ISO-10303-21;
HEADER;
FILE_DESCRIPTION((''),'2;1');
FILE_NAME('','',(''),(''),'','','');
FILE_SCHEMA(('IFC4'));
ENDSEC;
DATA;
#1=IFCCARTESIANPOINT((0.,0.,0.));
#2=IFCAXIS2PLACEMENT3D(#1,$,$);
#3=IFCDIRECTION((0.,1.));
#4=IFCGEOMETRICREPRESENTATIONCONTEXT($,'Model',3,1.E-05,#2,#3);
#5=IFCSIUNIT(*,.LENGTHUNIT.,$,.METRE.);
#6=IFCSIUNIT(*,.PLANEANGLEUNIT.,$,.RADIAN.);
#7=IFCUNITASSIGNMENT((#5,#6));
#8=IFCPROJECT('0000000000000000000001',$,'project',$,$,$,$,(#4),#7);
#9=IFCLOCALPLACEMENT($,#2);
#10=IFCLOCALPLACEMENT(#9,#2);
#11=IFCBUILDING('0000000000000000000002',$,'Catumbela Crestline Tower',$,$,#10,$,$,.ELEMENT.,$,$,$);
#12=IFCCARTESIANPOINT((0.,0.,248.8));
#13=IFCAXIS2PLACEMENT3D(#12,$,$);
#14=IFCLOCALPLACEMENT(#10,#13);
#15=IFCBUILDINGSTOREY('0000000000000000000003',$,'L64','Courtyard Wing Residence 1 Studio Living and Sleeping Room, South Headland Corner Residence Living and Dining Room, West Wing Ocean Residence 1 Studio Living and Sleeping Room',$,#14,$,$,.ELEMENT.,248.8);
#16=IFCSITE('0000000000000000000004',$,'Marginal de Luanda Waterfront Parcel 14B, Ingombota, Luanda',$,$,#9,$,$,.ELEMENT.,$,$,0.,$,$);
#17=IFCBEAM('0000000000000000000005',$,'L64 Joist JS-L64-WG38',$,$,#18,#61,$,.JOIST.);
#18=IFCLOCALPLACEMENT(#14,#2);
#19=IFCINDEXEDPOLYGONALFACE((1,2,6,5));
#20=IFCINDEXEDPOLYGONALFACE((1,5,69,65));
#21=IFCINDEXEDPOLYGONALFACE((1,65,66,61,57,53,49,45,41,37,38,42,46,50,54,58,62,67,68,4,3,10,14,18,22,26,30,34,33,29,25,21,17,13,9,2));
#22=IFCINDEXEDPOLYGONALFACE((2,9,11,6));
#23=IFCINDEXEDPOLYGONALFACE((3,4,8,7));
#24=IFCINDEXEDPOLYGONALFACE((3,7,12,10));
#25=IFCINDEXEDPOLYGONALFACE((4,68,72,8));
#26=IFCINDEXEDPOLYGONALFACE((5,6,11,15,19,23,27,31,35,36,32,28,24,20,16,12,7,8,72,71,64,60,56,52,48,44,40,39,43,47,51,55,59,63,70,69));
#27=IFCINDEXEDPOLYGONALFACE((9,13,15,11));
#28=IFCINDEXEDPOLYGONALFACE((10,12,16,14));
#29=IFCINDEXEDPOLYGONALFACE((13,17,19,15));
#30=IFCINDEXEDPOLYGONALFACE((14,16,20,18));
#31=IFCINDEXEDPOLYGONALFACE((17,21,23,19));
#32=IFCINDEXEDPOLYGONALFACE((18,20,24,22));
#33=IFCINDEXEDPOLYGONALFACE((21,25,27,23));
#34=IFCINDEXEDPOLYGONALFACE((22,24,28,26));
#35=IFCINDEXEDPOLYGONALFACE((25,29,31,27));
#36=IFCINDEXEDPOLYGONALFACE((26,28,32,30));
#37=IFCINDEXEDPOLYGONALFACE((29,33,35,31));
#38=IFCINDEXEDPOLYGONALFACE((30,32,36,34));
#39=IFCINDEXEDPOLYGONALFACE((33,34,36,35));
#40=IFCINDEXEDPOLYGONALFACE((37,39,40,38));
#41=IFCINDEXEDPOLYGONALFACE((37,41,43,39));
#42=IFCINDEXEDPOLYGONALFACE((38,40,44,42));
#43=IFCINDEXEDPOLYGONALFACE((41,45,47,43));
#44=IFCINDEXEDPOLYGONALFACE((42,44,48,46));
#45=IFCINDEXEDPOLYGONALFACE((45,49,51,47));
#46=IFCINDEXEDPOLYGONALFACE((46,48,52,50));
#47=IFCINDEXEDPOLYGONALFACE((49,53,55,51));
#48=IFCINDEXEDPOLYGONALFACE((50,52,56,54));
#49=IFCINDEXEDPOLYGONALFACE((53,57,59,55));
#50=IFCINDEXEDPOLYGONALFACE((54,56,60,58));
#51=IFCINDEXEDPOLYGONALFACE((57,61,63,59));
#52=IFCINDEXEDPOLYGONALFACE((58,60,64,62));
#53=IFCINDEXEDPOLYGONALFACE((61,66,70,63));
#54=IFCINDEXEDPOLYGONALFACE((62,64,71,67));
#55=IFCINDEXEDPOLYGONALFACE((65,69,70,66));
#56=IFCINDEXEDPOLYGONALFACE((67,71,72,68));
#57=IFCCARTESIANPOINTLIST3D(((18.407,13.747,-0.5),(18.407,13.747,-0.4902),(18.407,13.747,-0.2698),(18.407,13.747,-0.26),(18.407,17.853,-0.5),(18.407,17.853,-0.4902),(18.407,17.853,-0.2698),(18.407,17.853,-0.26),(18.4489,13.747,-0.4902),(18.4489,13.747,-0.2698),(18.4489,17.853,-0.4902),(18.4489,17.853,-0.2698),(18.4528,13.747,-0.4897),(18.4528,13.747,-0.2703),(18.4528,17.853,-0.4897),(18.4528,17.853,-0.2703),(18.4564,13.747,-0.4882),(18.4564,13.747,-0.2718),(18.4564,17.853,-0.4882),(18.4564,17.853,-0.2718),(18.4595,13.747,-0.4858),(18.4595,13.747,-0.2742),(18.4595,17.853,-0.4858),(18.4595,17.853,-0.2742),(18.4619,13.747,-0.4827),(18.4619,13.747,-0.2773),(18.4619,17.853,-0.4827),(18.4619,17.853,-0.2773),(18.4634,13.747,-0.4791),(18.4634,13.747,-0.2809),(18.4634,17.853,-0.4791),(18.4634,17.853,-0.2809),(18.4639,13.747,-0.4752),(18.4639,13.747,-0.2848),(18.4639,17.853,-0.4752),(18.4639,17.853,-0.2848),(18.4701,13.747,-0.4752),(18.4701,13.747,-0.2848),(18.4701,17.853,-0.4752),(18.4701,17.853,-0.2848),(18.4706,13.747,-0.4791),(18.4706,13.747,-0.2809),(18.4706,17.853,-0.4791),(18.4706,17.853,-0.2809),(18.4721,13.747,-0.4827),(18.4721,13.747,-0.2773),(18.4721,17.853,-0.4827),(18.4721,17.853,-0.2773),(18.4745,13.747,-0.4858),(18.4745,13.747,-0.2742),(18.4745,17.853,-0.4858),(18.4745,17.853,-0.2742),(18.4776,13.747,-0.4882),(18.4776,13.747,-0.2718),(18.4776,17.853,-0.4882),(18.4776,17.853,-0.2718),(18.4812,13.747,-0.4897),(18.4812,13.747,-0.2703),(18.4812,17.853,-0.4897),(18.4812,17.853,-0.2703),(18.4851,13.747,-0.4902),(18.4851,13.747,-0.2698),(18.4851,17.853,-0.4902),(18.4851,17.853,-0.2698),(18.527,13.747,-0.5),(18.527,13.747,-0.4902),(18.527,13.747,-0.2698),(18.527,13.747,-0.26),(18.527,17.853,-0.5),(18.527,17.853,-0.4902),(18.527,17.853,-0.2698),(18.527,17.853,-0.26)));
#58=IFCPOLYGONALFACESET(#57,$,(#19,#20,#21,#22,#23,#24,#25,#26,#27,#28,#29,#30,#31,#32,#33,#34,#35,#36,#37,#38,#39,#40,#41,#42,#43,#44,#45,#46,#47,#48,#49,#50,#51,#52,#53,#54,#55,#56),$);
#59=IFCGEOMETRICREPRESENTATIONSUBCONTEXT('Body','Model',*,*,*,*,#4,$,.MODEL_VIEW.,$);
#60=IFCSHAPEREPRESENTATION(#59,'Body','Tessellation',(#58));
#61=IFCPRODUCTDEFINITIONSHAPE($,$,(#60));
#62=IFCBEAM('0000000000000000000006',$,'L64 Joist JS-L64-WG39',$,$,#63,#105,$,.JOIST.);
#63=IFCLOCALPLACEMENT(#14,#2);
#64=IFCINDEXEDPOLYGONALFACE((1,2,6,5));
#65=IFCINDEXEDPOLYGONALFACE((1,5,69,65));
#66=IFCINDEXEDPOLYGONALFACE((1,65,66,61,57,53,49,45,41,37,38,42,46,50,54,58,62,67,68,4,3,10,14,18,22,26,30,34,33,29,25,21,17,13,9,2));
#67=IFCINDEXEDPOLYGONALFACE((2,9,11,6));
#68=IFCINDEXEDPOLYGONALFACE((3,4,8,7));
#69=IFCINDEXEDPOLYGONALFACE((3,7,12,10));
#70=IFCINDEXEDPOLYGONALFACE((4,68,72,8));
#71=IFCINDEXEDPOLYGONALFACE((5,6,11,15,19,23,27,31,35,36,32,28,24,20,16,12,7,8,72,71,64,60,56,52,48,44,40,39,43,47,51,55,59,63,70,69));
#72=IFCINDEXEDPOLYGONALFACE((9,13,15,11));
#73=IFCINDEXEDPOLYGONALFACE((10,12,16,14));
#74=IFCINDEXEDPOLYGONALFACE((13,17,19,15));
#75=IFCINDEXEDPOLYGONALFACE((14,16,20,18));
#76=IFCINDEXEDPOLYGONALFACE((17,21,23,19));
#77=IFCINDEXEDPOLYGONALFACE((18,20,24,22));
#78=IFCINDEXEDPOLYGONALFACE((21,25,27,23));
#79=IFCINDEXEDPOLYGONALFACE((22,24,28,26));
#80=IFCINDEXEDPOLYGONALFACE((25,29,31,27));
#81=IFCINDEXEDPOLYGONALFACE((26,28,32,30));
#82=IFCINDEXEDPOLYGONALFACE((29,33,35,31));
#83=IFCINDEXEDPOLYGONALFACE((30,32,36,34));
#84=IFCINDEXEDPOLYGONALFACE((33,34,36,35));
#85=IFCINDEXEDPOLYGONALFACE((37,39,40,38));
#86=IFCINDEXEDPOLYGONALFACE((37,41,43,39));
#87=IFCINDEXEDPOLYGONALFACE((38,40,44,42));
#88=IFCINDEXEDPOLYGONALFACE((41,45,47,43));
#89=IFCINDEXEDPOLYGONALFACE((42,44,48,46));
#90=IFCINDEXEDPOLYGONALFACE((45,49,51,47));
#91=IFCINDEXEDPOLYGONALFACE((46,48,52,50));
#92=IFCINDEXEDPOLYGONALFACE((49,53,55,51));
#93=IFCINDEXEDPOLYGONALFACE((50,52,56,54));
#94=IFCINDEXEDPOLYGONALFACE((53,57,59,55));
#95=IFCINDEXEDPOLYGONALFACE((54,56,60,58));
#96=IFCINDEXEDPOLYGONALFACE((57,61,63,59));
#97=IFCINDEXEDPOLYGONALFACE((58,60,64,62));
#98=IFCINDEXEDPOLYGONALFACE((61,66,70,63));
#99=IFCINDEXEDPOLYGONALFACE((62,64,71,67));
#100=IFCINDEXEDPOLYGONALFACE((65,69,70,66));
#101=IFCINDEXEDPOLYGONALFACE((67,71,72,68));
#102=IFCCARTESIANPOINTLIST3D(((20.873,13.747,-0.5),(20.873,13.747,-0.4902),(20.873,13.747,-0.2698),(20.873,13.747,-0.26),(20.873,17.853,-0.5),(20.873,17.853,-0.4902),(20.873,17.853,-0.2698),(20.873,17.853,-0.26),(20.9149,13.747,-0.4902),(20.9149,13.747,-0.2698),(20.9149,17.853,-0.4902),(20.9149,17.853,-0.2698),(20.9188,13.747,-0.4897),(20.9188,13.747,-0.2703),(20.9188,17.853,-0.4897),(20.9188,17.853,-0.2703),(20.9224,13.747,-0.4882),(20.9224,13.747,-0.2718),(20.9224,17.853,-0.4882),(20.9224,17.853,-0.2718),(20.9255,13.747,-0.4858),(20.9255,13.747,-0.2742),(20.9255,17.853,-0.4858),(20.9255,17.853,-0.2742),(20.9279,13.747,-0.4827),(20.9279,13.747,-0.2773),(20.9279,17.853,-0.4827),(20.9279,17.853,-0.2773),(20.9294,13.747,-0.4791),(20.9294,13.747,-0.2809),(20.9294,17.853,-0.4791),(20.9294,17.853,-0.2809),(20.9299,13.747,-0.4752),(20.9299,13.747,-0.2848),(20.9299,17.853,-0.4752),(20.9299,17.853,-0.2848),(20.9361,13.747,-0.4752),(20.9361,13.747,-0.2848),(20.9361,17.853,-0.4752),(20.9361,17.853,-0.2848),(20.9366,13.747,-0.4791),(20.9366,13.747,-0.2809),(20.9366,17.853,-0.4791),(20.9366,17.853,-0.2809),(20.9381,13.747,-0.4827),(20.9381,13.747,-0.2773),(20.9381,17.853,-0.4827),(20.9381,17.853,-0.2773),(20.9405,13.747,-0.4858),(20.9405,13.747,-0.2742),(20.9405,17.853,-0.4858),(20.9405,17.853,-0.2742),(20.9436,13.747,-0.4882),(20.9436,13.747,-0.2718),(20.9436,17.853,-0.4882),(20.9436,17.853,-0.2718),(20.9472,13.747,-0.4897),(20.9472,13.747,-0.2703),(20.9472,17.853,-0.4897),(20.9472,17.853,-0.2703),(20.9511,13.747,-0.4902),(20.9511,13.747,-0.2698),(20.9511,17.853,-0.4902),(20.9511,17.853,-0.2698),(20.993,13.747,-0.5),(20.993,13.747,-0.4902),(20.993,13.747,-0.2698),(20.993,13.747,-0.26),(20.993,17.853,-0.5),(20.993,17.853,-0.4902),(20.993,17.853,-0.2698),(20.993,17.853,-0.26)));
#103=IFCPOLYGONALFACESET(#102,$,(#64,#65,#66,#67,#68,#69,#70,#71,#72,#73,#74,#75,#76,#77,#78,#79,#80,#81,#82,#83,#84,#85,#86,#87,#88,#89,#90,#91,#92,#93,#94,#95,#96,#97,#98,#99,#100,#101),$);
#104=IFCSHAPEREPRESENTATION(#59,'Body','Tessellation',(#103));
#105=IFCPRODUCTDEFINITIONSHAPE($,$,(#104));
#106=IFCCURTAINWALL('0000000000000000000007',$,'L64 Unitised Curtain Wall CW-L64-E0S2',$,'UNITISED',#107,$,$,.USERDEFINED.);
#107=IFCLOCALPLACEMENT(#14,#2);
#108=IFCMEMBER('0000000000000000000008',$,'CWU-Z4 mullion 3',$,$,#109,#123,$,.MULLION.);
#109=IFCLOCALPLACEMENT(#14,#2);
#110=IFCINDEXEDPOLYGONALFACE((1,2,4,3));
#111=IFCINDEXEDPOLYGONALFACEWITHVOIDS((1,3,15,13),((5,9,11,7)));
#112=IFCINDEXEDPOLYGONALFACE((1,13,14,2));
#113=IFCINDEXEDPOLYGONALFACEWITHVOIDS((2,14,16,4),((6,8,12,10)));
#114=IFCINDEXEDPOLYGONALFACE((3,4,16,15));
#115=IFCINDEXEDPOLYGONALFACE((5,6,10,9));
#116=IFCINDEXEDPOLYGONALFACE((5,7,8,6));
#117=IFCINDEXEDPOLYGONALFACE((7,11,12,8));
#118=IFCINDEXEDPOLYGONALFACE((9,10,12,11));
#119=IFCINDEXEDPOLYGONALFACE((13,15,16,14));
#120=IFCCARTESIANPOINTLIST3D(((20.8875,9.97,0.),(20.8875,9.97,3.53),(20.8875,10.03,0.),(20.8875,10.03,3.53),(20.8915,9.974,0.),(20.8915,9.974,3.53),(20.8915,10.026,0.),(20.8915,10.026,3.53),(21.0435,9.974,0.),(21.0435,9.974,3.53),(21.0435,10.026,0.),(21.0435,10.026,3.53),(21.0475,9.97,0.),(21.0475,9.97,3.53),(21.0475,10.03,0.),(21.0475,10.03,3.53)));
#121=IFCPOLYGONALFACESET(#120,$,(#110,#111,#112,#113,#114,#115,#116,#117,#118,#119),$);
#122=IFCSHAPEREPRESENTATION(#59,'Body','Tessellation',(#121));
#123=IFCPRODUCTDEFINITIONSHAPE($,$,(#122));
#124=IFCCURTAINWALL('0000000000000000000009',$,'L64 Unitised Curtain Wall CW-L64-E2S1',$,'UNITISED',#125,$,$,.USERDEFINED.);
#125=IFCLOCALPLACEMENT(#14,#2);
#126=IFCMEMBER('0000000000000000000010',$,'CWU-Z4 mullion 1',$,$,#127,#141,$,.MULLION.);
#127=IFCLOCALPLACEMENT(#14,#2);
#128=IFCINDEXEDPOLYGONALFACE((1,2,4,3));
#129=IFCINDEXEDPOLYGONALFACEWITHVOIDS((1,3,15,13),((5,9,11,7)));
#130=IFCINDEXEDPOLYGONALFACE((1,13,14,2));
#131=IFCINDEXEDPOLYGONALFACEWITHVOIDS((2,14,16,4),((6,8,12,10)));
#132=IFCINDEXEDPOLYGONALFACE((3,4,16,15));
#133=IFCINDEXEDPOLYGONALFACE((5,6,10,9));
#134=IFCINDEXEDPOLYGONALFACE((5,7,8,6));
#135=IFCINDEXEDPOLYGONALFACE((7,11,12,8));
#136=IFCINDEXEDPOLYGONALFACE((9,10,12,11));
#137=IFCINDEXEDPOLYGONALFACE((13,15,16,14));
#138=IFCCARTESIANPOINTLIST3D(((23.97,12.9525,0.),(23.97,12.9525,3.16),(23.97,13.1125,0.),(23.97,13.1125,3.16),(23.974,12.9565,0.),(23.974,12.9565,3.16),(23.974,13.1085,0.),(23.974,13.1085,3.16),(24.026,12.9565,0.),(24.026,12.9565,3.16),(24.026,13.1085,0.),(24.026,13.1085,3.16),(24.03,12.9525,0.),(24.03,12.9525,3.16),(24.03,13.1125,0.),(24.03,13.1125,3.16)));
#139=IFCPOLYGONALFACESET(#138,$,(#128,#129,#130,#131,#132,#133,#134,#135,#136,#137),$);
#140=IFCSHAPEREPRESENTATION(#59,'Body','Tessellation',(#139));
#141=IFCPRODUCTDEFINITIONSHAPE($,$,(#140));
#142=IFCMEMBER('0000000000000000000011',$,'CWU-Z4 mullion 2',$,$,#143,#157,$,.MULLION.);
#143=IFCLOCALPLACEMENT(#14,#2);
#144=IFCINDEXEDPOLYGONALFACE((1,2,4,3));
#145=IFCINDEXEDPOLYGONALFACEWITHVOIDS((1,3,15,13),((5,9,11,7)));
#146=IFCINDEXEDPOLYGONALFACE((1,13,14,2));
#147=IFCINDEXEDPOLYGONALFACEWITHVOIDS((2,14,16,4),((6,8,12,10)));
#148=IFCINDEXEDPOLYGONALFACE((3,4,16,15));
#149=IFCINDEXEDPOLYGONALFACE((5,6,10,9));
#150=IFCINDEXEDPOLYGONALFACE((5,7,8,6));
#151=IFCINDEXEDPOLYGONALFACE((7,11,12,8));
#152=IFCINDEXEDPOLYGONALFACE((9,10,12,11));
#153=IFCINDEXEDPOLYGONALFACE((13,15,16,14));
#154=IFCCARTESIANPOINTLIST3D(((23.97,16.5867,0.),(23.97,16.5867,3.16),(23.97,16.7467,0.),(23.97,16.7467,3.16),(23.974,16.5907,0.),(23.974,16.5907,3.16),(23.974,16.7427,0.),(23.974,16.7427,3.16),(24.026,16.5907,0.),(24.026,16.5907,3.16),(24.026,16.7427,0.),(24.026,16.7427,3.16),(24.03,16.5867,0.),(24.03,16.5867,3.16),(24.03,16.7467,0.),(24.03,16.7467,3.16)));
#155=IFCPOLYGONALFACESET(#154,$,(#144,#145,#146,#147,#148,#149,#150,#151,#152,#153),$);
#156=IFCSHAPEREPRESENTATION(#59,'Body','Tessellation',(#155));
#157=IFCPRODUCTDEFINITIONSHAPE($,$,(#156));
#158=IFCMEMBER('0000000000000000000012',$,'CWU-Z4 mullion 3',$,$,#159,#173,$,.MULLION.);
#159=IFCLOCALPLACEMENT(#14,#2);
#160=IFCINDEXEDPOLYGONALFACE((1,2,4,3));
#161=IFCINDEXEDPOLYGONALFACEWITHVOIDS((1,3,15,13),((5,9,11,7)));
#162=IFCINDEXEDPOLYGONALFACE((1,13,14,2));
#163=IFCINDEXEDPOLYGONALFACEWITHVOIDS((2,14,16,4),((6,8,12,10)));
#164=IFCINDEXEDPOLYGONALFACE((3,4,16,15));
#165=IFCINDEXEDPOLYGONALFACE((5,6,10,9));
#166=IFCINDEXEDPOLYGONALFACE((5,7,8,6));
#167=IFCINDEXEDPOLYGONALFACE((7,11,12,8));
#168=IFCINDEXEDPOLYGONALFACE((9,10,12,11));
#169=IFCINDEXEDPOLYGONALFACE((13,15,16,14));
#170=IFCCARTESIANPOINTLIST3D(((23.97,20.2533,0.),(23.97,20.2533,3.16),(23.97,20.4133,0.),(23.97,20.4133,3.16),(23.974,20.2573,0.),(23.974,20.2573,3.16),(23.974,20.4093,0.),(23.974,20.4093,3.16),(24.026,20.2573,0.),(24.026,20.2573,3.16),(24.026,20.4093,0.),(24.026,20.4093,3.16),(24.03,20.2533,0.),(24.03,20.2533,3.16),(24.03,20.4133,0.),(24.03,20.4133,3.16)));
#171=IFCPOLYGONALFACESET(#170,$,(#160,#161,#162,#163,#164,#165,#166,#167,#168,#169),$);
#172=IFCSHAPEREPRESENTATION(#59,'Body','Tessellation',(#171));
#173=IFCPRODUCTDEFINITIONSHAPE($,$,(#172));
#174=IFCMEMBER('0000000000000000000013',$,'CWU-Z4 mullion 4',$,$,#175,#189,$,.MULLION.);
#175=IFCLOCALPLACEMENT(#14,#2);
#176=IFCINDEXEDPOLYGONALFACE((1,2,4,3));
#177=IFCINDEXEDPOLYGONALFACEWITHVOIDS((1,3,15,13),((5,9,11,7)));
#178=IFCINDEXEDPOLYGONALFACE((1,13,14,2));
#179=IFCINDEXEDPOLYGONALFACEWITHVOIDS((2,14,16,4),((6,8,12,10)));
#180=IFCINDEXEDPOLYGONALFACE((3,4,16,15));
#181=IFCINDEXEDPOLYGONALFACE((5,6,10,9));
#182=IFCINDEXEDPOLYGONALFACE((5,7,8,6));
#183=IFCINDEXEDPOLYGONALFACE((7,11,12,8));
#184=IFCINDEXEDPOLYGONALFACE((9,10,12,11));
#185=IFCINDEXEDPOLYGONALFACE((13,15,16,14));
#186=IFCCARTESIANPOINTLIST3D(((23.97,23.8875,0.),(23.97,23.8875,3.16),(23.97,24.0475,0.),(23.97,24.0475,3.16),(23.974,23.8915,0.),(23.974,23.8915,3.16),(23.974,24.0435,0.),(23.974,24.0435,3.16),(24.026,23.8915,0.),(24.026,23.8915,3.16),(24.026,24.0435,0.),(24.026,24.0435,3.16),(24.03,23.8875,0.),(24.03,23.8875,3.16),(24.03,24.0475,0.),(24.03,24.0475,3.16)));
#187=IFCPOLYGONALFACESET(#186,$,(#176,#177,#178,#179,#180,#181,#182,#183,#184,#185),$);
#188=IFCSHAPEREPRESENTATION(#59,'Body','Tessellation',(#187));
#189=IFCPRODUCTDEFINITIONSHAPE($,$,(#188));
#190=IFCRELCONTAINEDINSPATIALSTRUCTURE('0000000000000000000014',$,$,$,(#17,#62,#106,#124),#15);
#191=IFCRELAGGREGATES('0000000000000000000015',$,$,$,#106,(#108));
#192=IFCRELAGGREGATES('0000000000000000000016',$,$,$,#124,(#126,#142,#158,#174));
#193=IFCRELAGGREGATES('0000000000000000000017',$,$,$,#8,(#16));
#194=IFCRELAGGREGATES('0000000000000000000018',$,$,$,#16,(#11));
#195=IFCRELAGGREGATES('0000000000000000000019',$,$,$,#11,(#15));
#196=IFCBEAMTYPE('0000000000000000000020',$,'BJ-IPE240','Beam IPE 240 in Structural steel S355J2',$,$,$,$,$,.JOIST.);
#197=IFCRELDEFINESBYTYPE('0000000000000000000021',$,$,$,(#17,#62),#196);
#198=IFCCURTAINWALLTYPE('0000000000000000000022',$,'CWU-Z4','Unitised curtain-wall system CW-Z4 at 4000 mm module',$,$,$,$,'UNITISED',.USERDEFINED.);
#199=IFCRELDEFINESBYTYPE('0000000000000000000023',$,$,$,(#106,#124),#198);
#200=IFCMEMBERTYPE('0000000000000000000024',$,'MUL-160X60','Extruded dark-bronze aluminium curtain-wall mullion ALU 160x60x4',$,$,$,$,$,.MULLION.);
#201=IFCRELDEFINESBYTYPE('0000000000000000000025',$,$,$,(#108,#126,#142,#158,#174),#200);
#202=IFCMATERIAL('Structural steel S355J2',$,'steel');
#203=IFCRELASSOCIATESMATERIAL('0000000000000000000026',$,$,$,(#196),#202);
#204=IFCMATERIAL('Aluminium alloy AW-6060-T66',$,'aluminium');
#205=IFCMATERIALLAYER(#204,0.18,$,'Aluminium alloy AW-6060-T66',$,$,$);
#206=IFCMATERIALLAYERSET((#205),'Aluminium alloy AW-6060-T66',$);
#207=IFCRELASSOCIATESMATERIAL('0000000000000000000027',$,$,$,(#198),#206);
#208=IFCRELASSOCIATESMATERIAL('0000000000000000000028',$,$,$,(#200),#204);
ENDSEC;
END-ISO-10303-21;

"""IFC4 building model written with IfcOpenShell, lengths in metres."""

from ifc_helpers import new_model, si_unit, direction, frame, origin, origin_2d, place, context, subcontext, project, spatial, hollow_rectangle, i_section, extrude, material, layer, layer_set, material_profile, profile_set, type_object, element, aggregate, save


model = new_model("IFC4")

# Units and contexts
model_context = context("Model", 3, precision=1e-05, world=origin(), true_north=direction((0.0, 1.0)))
body_context = subcontext(model_context, "Body", "Model", "MODEL_VIEW")
ifc_project = project(units=[si_unit("LENGTHUNIT", "METRE"), si_unit("PLANEANGLEUNIT", "RADIAN")], contexts=[model_context])

# Site, building, storey
site_placement = place(None, origin())
site = spatial("IfcSite", under=ifc_project, at=site_placement, Name="Marginal de Luanda Waterfront Parcel 14B, Ingombota, Luanda", CompositionType="ELEMENT", RefElevation=0.0)
building_placement = place(site_placement, origin())
building = spatial("IfcBuilding", under=site, at=building_placement, Name="Catumbela Crestline Tower", CompositionType="ELEMENT")
storey_placement = place(building_placement, frame((0.0, 0.0, 248.8)))
storey = spatial("IfcBuildingStorey", under=building, at=storey_placement, Name="L64", Description="Courtyard Wing Residence 1 Studio Living and Sleeping Room, South Headland Corner Residence Living and Dining Room, West Wing Ocean Residence 1 Studio Living and Sleeping Room", CompositionType="ELEMENT", Elevation=248.8)

# Beams
ifc_material_1 = material(Name="Structural steel S355J2", Category="steel")
ifc_material_profile_1 = material_profile(ifc_material_1, i_section(OverallWidth=0.12, OverallDepth=0.24, WebThickness=0.0062, FlangeThickness=0.0098, FilletRadius=0.015, at=origin_2d()), Name="IPE 240")
ifc_profile_set_1 = profile_set([ifc_material_profile_1], Name="Structural steel S355J2")
beam_type_1 = type_object("IfcBeamType", Name="BJ-IPE240", Description="Beam IPE 240 in Structural steel S355J2", PredefinedType="JOIST", material=ifc_profile_set_1)
for number, where, z_axis, x_axis, name in (
    (1, (18.467, 13.747, -0.38), (0.0, 1.0, 0.0), (-1.0, 0.0, 0.0), "L64 Joist JS-L64-WG38"),
    (2, (20.933, 13.747, -0.38), (0.0, 1.0, 0.0), (-1.0, 0.0, 0.0), "L64 Joist JS-L64-WG39"),
):
    element("IfcBeam", number, at=place(storey_placement, frame(where, z_axis=z_axis, x_axis=x_axis)), inside=storey, type_object=beam_type_1, Name=name, PredefinedType="JOIST", context=body_context, shape_type="SweptSolid", body=[
        extrude(i_section(OverallWidth=0.12, OverallDepth=0.24, WebThickness=0.0062, FlangeThickness=0.0098, FilletRadius=0.015, at=origin_2d()), origin(), (0.0, 0.0, 1.0), 4.106),
    ])

# Curtain wall, member
ifc_material_2 = material(Name="Aluminium alloy AW-6060-T66", Category="aluminium")
ifc_layer_1 = layer(ifc_material_2, 0.18, Name="Aluminium alloy AW-6060-T66")
ifc_layer_set_1 = layer_set([ifc_layer_1], Name="Aluminium alloy AW-6060-T66")
curtain_wall_type = type_object("IfcCurtainWallType", Name="CWU-Z4", Description="Unitised curtain-wall system CW-Z4 at 4000 mm module", ElementType="UNITISED", PredefinedType="USERDEFINED", material=ifc_layer_set_1)
curtain_wall_1_placement = place(storey_placement, origin())
curtain_wall_1 = element("IfcCurtainWall", 3, at=curtain_wall_1_placement, inside=storey, type_object=curtain_wall_type, Name="L64 Unitised Curtain Wall CW-L64-E0S2", ObjectType="UNITISED", PredefinedType="USERDEFINED")
ifc_material_profile_2 = material_profile(ifc_material_2, hollow_rectangle(XDim=0.06, YDim=0.16, WallThickness=0.004, at=origin_2d()), Name="ALU 160x60x4")
ifc_profile_set_2 = profile_set([ifc_material_profile_2], Name="Aluminium alloy AW-6060-T66")
member_type_1 = type_object("IfcMemberType", Name="MUL-160X60", Description="Extruded dark-bronze aluminium curtain-wall mullion ALU 160x60x4", PredefinedType="MULLION", material=ifc_profile_set_2)
member_1_placement = place(storey_placement, frame((20.9675, 10.0, 0.0), z_axis=(0.0, 0.0, 1.0), x_axis=(0.0, 1.0, 0.0)))
member_1 = element("IfcMember", 4, at=member_1_placement, type_object=member_type_1, Name="CWU-Z4 mullion 3", PredefinedType="MULLION", context=body_context, shape_type="SweptSolid", body=[
    extrude(hollow_rectangle(XDim=0.06, YDim=0.16, WallThickness=0.004, at=origin_2d()), origin(), (0.0, 0.0, 1.0), 3.53),
])

# Curtain wall, members
curtain_wall_2_placement = place(storey_placement, origin())
curtain_wall_2 = element("IfcCurtainWall", 5, at=curtain_wall_2_placement, inside=storey, type_object=curtain_wall_type, Name="L64 Unitised Curtain Wall CW-L64-E2S1", ObjectType="UNITISED", PredefinedType="USERDEFINED")
member_2_placement = place(storey_placement, frame((24.0, 13.0325, 0.0), z_axis=(0.0, 0.0, 1.0), x_axis=(-1.0, 0.0, 0.0)))
member_2 = element("IfcMember", 6, at=member_2_placement, type_object=member_type_1, Name="CWU-Z4 mullion 1", PredefinedType="MULLION", context=body_context, shape_type="SweptSolid", body=[
    extrude(hollow_rectangle(XDim=0.06, YDim=0.16, WallThickness=0.004, at=origin_2d()), origin(), (0.0, 0.0, 1.0), 3.16),
])
member_3_placement = place(storey_placement, frame((24.0, 16.6667, 0.0), z_axis=(0.0, 0.0, 1.0), x_axis=(-1.0, 0.0, 0.0)))
member_3 = element("IfcMember", 7, at=member_3_placement, type_object=member_type_1, Name="CWU-Z4 mullion 2", PredefinedType="MULLION", context=body_context, shape_type="SweptSolid", body=[
    extrude(hollow_rectangle(XDim=0.06, YDim=0.16, WallThickness=0.004, at=origin_2d()), origin(), (0.0, 0.0, 1.0), 3.16),
])
member_4_placement = place(storey_placement, frame((24.0, 20.3333, 0.0), z_axis=(0.0, 0.0, 1.0), x_axis=(-1.0, 0.0, 0.0)))
member_4 = element("IfcMember", 8, at=member_4_placement, type_object=member_type_1, Name="CWU-Z4 mullion 3", PredefinedType="MULLION", context=body_context, shape_type="SweptSolid", body=[
    extrude(hollow_rectangle(XDim=0.06, YDim=0.16, WallThickness=0.004, at=origin_2d()), origin(), (0.0, 0.0, 1.0), 3.16),
])
member_5_placement = place(storey_placement, frame((24.0, 23.9675, 0.0), z_axis=(0.0, 0.0, 1.0), x_axis=(-1.0, 0.0, 0.0)))
member_5 = element("IfcMember", 9, at=member_5_placement, type_object=member_type_1, Name="CWU-Z4 mullion 4", PredefinedType="MULLION", context=body_context, shape_type="SweptSolid", body=[
    extrude(hollow_rectangle(XDim=0.06, YDim=0.16, WallThickness=0.004, at=origin_2d()), origin(), (0.0, 0.0, 1.0), 3.16),
])

aggregate(curtain_wall_1, [member_1])
aggregate(curtain_wall_2, [member_2, member_3, member_4, member_5])

save(model, "model.ifc")
